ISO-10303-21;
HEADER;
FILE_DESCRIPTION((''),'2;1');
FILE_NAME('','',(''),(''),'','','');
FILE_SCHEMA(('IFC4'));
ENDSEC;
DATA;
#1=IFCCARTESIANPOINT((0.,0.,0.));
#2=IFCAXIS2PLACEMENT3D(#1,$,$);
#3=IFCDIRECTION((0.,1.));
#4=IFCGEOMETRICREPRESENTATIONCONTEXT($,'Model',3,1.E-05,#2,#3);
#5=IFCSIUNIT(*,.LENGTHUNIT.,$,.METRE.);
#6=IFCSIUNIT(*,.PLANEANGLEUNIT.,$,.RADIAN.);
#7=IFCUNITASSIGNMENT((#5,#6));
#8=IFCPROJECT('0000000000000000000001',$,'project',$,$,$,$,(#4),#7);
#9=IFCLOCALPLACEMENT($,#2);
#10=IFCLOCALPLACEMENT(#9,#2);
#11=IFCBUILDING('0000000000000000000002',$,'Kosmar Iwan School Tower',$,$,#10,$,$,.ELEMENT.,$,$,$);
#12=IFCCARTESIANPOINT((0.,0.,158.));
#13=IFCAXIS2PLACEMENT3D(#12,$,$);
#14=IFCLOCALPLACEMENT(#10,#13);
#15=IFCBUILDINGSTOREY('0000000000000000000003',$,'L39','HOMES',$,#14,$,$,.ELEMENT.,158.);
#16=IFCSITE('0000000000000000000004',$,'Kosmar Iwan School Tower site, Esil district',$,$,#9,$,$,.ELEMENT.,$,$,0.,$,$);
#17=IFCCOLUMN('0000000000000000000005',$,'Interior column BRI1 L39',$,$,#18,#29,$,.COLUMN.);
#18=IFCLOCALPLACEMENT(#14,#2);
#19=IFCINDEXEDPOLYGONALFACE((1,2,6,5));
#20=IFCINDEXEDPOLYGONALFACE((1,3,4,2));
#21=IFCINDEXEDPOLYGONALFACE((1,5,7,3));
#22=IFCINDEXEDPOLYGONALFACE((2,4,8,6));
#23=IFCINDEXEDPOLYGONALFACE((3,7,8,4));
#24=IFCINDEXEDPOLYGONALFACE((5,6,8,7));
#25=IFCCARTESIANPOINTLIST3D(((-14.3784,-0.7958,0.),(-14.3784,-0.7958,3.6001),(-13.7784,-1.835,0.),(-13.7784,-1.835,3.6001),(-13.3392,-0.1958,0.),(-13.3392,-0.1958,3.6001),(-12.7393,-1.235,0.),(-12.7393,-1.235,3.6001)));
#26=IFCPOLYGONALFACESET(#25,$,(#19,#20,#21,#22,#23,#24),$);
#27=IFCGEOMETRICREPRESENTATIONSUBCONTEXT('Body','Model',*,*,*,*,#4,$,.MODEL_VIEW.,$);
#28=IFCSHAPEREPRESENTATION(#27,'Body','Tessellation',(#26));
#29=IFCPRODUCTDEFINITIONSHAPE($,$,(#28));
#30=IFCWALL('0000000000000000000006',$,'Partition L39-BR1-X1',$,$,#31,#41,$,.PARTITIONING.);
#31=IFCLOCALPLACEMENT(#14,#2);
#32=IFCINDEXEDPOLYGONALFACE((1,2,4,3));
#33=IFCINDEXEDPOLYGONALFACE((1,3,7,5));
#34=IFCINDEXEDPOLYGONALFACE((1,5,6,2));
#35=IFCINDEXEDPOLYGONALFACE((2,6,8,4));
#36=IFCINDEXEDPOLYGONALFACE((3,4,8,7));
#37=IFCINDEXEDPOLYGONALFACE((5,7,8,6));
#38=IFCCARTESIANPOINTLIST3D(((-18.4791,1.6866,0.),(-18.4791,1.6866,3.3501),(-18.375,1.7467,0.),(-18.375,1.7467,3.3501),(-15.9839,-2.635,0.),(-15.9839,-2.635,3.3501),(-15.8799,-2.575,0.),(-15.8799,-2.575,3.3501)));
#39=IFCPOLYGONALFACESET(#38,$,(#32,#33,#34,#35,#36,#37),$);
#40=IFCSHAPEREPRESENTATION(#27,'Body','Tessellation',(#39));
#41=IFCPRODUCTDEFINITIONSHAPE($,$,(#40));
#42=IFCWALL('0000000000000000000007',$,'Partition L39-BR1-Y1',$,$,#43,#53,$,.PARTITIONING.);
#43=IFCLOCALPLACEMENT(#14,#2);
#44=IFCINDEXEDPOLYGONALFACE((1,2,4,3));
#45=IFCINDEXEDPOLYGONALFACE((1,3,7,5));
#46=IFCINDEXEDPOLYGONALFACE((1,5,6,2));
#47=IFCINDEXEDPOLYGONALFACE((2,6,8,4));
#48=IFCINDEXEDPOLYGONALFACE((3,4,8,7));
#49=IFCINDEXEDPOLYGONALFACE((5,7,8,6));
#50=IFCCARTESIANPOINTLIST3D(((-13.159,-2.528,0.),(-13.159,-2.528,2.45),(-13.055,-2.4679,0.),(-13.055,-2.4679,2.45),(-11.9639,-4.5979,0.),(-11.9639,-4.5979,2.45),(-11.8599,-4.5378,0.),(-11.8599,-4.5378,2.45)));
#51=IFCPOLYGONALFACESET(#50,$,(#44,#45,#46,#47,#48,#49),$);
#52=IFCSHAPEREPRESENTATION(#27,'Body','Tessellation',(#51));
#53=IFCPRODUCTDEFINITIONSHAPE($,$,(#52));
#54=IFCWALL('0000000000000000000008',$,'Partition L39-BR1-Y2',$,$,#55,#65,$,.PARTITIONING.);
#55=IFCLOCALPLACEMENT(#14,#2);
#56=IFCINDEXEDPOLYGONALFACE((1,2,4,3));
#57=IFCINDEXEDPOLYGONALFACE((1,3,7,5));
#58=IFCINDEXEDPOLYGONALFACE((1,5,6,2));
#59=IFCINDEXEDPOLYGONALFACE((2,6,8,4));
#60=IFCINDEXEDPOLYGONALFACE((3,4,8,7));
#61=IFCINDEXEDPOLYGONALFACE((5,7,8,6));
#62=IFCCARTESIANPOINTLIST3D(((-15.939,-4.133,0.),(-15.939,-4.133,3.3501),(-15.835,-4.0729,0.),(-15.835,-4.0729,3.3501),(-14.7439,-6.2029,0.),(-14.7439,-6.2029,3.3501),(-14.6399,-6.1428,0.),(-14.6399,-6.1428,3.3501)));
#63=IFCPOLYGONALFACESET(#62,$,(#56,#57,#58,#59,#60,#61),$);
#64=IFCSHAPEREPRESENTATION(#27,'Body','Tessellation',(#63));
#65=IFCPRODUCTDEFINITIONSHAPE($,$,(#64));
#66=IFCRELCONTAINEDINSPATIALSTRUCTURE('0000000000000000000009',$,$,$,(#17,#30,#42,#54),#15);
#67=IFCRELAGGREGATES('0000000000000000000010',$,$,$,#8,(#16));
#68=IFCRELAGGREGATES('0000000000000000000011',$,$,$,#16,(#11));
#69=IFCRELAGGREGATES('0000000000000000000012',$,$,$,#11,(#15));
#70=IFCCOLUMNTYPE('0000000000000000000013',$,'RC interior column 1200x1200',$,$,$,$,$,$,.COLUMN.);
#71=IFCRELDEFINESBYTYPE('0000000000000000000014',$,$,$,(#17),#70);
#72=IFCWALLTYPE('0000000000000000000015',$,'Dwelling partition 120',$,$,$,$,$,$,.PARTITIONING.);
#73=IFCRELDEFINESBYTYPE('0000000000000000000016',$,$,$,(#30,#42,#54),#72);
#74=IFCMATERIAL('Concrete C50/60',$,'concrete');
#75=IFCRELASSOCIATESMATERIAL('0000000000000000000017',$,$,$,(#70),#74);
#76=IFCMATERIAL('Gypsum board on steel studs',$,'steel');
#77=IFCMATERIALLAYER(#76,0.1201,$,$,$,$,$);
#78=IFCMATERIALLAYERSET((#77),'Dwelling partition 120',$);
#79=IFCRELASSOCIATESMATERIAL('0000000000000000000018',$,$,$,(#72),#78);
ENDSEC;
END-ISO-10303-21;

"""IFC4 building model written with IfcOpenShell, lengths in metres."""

from ifc_helpers import new_model, si_unit, direction, frame, frame_2d, origin, origin_2d, place, context, subcontext, project, spatial, rectangle, extrude, material, layer, layer_set, material_profile, profile_set, type_object, element, save


model = new_model("IFC4")

# Units and contexts
model_context = context("Model", 3, precision=1e-05, world=origin(), true_north=direction((0.0, 1.0)))
body_context = subcontext(model_context, "Body", "Model", "MODEL_VIEW")
ifc_project = project(units=[si_unit("LENGTHUNIT", "METRE"), si_unit("PLANEANGLEUNIT", "RADIAN")], contexts=[model_context])

# Site, building, storey
site_placement = place(None, origin())
site = spatial("IfcSite", under=ifc_project, at=site_placement, Name="Kosmar Iwan School Tower site, Esil district", CompositionType="ELEMENT", RefElevation=0.0)
building_placement = place(site_placement, origin())
building = spatial("IfcBuilding", under=site, at=building_placement, Name="Kosmar Iwan School Tower", CompositionType="ELEMENT")
storey_placement = place(building_placement, frame((0.0, 0.0, 158.0)))
storey = spatial("IfcBuildingStorey", under=building, at=storey_placement, Name="L39", Description="HOMES", CompositionType="ELEMENT", Elevation=158.0)

# Column
ifc_material_1 = material(Name="Concrete C50/60", Category="concrete")
ifc_material_profile = material_profile(ifc_material_1, rectangle(XDim=1.2, YDim=1.2, at=origin_2d()), Name="RC 1200x1200")
ifc_profile_set = profile_set([ifc_material_profile], Name="Concrete C50/60")
column_type = type_object("IfcColumnType", Name="RC interior column 1200x1200", PredefinedType="COLUMN", material=ifc_profile_set)
column_placement = place(storey_placement, frame((-13.5588, -1.0154, 0.0), z_axis=(0.0, 0.0, 1.0), x_axis=(-0.866025, -0.5, 0.0)))
element("IfcColumn", 1, at=column_placement, inside=storey, type_object=column_type, Name="Interior column BRI1 L39", PredefinedType="COLUMN", context=body_context, shape_type="SweptSolid", body=[
    extrude(rectangle(XDim=1.2, YDim=1.2, at=origin_2d()), origin(), (0.0, 0.0, 1.0), 3.6001),
])

# Walls
ifc_material_2 = material(Name="Gypsum board on steel studs", Category="steel")
ifc_layer = layer(ifc_material_2, 0.1201)
ifc_layer_set = layer_set([ifc_layer], Name="Dwelling partition 120")
wall_type = type_object("IfcWallType", Name="Dwelling partition 120", PredefinedType="PARTITIONING", material=ifc_layer_set)
wall_1_placement = place(storey_placement, frame((-15.9319, -2.605, 0.0), z_axis=(0.0, 0.0, 1.0), x_axis=(-0.500012, 0.866019, 0.0)))
element("IfcWall", 2, at=wall_1_placement, inside=storey, type_object=wall_type, Name="Partition L39-BR1-X1", PredefinedType="PARTITIONING", context=body_context, shape_type="SweptSolid", body=[
    extrude(rectangle(XDim=4.9902, YDim=0.1201, at=frame_2d((2.4951, 0.0))), origin(), (0.0, 0.0, 1.0), 3.3501),
])
wall_2_placement = place(storey_placement, frame((-11.9119, -4.5679, 0.0), z_axis=(0.0, 0.0, 1.0), x_axis=(-0.500017, 0.866015, 0.0)))
element("IfcWall", 3, at=wall_2_placement, inside=storey, type_object=wall_type, Name="Partition L39-BR1-Y1", PredefinedType="PARTITIONING", context=body_context, shape_type="SweptSolid", body=[
    extrude(rectangle(XDim=2.3901, YDim=0.1201, at=frame_2d((1.1951, 0.0))), origin(), (0.0, 0.0, 1.0), 2.45),
])
wall_3_placement = place(storey_placement, frame((-14.6919, -6.1729, 0.0), z_axis=(0.0, 0.0, 1.0), x_axis=(-0.500017, 0.866015, 0.0)))
element("IfcWall", 4, at=wall_3_placement, inside=storey, type_object=wall_type, Name="Partition L39-BR1-Y2", PredefinedType="PARTITIONING", context=body_context, shape_type="SweptSolid", body=[
    extrude(rectangle(XDim=2.3901, YDim=0.1201, at=frame_2d((1.1951, 0.0))), origin(), (0.0, 0.0, 1.0), 3.3501),
])

save(model, "model.ifc")
